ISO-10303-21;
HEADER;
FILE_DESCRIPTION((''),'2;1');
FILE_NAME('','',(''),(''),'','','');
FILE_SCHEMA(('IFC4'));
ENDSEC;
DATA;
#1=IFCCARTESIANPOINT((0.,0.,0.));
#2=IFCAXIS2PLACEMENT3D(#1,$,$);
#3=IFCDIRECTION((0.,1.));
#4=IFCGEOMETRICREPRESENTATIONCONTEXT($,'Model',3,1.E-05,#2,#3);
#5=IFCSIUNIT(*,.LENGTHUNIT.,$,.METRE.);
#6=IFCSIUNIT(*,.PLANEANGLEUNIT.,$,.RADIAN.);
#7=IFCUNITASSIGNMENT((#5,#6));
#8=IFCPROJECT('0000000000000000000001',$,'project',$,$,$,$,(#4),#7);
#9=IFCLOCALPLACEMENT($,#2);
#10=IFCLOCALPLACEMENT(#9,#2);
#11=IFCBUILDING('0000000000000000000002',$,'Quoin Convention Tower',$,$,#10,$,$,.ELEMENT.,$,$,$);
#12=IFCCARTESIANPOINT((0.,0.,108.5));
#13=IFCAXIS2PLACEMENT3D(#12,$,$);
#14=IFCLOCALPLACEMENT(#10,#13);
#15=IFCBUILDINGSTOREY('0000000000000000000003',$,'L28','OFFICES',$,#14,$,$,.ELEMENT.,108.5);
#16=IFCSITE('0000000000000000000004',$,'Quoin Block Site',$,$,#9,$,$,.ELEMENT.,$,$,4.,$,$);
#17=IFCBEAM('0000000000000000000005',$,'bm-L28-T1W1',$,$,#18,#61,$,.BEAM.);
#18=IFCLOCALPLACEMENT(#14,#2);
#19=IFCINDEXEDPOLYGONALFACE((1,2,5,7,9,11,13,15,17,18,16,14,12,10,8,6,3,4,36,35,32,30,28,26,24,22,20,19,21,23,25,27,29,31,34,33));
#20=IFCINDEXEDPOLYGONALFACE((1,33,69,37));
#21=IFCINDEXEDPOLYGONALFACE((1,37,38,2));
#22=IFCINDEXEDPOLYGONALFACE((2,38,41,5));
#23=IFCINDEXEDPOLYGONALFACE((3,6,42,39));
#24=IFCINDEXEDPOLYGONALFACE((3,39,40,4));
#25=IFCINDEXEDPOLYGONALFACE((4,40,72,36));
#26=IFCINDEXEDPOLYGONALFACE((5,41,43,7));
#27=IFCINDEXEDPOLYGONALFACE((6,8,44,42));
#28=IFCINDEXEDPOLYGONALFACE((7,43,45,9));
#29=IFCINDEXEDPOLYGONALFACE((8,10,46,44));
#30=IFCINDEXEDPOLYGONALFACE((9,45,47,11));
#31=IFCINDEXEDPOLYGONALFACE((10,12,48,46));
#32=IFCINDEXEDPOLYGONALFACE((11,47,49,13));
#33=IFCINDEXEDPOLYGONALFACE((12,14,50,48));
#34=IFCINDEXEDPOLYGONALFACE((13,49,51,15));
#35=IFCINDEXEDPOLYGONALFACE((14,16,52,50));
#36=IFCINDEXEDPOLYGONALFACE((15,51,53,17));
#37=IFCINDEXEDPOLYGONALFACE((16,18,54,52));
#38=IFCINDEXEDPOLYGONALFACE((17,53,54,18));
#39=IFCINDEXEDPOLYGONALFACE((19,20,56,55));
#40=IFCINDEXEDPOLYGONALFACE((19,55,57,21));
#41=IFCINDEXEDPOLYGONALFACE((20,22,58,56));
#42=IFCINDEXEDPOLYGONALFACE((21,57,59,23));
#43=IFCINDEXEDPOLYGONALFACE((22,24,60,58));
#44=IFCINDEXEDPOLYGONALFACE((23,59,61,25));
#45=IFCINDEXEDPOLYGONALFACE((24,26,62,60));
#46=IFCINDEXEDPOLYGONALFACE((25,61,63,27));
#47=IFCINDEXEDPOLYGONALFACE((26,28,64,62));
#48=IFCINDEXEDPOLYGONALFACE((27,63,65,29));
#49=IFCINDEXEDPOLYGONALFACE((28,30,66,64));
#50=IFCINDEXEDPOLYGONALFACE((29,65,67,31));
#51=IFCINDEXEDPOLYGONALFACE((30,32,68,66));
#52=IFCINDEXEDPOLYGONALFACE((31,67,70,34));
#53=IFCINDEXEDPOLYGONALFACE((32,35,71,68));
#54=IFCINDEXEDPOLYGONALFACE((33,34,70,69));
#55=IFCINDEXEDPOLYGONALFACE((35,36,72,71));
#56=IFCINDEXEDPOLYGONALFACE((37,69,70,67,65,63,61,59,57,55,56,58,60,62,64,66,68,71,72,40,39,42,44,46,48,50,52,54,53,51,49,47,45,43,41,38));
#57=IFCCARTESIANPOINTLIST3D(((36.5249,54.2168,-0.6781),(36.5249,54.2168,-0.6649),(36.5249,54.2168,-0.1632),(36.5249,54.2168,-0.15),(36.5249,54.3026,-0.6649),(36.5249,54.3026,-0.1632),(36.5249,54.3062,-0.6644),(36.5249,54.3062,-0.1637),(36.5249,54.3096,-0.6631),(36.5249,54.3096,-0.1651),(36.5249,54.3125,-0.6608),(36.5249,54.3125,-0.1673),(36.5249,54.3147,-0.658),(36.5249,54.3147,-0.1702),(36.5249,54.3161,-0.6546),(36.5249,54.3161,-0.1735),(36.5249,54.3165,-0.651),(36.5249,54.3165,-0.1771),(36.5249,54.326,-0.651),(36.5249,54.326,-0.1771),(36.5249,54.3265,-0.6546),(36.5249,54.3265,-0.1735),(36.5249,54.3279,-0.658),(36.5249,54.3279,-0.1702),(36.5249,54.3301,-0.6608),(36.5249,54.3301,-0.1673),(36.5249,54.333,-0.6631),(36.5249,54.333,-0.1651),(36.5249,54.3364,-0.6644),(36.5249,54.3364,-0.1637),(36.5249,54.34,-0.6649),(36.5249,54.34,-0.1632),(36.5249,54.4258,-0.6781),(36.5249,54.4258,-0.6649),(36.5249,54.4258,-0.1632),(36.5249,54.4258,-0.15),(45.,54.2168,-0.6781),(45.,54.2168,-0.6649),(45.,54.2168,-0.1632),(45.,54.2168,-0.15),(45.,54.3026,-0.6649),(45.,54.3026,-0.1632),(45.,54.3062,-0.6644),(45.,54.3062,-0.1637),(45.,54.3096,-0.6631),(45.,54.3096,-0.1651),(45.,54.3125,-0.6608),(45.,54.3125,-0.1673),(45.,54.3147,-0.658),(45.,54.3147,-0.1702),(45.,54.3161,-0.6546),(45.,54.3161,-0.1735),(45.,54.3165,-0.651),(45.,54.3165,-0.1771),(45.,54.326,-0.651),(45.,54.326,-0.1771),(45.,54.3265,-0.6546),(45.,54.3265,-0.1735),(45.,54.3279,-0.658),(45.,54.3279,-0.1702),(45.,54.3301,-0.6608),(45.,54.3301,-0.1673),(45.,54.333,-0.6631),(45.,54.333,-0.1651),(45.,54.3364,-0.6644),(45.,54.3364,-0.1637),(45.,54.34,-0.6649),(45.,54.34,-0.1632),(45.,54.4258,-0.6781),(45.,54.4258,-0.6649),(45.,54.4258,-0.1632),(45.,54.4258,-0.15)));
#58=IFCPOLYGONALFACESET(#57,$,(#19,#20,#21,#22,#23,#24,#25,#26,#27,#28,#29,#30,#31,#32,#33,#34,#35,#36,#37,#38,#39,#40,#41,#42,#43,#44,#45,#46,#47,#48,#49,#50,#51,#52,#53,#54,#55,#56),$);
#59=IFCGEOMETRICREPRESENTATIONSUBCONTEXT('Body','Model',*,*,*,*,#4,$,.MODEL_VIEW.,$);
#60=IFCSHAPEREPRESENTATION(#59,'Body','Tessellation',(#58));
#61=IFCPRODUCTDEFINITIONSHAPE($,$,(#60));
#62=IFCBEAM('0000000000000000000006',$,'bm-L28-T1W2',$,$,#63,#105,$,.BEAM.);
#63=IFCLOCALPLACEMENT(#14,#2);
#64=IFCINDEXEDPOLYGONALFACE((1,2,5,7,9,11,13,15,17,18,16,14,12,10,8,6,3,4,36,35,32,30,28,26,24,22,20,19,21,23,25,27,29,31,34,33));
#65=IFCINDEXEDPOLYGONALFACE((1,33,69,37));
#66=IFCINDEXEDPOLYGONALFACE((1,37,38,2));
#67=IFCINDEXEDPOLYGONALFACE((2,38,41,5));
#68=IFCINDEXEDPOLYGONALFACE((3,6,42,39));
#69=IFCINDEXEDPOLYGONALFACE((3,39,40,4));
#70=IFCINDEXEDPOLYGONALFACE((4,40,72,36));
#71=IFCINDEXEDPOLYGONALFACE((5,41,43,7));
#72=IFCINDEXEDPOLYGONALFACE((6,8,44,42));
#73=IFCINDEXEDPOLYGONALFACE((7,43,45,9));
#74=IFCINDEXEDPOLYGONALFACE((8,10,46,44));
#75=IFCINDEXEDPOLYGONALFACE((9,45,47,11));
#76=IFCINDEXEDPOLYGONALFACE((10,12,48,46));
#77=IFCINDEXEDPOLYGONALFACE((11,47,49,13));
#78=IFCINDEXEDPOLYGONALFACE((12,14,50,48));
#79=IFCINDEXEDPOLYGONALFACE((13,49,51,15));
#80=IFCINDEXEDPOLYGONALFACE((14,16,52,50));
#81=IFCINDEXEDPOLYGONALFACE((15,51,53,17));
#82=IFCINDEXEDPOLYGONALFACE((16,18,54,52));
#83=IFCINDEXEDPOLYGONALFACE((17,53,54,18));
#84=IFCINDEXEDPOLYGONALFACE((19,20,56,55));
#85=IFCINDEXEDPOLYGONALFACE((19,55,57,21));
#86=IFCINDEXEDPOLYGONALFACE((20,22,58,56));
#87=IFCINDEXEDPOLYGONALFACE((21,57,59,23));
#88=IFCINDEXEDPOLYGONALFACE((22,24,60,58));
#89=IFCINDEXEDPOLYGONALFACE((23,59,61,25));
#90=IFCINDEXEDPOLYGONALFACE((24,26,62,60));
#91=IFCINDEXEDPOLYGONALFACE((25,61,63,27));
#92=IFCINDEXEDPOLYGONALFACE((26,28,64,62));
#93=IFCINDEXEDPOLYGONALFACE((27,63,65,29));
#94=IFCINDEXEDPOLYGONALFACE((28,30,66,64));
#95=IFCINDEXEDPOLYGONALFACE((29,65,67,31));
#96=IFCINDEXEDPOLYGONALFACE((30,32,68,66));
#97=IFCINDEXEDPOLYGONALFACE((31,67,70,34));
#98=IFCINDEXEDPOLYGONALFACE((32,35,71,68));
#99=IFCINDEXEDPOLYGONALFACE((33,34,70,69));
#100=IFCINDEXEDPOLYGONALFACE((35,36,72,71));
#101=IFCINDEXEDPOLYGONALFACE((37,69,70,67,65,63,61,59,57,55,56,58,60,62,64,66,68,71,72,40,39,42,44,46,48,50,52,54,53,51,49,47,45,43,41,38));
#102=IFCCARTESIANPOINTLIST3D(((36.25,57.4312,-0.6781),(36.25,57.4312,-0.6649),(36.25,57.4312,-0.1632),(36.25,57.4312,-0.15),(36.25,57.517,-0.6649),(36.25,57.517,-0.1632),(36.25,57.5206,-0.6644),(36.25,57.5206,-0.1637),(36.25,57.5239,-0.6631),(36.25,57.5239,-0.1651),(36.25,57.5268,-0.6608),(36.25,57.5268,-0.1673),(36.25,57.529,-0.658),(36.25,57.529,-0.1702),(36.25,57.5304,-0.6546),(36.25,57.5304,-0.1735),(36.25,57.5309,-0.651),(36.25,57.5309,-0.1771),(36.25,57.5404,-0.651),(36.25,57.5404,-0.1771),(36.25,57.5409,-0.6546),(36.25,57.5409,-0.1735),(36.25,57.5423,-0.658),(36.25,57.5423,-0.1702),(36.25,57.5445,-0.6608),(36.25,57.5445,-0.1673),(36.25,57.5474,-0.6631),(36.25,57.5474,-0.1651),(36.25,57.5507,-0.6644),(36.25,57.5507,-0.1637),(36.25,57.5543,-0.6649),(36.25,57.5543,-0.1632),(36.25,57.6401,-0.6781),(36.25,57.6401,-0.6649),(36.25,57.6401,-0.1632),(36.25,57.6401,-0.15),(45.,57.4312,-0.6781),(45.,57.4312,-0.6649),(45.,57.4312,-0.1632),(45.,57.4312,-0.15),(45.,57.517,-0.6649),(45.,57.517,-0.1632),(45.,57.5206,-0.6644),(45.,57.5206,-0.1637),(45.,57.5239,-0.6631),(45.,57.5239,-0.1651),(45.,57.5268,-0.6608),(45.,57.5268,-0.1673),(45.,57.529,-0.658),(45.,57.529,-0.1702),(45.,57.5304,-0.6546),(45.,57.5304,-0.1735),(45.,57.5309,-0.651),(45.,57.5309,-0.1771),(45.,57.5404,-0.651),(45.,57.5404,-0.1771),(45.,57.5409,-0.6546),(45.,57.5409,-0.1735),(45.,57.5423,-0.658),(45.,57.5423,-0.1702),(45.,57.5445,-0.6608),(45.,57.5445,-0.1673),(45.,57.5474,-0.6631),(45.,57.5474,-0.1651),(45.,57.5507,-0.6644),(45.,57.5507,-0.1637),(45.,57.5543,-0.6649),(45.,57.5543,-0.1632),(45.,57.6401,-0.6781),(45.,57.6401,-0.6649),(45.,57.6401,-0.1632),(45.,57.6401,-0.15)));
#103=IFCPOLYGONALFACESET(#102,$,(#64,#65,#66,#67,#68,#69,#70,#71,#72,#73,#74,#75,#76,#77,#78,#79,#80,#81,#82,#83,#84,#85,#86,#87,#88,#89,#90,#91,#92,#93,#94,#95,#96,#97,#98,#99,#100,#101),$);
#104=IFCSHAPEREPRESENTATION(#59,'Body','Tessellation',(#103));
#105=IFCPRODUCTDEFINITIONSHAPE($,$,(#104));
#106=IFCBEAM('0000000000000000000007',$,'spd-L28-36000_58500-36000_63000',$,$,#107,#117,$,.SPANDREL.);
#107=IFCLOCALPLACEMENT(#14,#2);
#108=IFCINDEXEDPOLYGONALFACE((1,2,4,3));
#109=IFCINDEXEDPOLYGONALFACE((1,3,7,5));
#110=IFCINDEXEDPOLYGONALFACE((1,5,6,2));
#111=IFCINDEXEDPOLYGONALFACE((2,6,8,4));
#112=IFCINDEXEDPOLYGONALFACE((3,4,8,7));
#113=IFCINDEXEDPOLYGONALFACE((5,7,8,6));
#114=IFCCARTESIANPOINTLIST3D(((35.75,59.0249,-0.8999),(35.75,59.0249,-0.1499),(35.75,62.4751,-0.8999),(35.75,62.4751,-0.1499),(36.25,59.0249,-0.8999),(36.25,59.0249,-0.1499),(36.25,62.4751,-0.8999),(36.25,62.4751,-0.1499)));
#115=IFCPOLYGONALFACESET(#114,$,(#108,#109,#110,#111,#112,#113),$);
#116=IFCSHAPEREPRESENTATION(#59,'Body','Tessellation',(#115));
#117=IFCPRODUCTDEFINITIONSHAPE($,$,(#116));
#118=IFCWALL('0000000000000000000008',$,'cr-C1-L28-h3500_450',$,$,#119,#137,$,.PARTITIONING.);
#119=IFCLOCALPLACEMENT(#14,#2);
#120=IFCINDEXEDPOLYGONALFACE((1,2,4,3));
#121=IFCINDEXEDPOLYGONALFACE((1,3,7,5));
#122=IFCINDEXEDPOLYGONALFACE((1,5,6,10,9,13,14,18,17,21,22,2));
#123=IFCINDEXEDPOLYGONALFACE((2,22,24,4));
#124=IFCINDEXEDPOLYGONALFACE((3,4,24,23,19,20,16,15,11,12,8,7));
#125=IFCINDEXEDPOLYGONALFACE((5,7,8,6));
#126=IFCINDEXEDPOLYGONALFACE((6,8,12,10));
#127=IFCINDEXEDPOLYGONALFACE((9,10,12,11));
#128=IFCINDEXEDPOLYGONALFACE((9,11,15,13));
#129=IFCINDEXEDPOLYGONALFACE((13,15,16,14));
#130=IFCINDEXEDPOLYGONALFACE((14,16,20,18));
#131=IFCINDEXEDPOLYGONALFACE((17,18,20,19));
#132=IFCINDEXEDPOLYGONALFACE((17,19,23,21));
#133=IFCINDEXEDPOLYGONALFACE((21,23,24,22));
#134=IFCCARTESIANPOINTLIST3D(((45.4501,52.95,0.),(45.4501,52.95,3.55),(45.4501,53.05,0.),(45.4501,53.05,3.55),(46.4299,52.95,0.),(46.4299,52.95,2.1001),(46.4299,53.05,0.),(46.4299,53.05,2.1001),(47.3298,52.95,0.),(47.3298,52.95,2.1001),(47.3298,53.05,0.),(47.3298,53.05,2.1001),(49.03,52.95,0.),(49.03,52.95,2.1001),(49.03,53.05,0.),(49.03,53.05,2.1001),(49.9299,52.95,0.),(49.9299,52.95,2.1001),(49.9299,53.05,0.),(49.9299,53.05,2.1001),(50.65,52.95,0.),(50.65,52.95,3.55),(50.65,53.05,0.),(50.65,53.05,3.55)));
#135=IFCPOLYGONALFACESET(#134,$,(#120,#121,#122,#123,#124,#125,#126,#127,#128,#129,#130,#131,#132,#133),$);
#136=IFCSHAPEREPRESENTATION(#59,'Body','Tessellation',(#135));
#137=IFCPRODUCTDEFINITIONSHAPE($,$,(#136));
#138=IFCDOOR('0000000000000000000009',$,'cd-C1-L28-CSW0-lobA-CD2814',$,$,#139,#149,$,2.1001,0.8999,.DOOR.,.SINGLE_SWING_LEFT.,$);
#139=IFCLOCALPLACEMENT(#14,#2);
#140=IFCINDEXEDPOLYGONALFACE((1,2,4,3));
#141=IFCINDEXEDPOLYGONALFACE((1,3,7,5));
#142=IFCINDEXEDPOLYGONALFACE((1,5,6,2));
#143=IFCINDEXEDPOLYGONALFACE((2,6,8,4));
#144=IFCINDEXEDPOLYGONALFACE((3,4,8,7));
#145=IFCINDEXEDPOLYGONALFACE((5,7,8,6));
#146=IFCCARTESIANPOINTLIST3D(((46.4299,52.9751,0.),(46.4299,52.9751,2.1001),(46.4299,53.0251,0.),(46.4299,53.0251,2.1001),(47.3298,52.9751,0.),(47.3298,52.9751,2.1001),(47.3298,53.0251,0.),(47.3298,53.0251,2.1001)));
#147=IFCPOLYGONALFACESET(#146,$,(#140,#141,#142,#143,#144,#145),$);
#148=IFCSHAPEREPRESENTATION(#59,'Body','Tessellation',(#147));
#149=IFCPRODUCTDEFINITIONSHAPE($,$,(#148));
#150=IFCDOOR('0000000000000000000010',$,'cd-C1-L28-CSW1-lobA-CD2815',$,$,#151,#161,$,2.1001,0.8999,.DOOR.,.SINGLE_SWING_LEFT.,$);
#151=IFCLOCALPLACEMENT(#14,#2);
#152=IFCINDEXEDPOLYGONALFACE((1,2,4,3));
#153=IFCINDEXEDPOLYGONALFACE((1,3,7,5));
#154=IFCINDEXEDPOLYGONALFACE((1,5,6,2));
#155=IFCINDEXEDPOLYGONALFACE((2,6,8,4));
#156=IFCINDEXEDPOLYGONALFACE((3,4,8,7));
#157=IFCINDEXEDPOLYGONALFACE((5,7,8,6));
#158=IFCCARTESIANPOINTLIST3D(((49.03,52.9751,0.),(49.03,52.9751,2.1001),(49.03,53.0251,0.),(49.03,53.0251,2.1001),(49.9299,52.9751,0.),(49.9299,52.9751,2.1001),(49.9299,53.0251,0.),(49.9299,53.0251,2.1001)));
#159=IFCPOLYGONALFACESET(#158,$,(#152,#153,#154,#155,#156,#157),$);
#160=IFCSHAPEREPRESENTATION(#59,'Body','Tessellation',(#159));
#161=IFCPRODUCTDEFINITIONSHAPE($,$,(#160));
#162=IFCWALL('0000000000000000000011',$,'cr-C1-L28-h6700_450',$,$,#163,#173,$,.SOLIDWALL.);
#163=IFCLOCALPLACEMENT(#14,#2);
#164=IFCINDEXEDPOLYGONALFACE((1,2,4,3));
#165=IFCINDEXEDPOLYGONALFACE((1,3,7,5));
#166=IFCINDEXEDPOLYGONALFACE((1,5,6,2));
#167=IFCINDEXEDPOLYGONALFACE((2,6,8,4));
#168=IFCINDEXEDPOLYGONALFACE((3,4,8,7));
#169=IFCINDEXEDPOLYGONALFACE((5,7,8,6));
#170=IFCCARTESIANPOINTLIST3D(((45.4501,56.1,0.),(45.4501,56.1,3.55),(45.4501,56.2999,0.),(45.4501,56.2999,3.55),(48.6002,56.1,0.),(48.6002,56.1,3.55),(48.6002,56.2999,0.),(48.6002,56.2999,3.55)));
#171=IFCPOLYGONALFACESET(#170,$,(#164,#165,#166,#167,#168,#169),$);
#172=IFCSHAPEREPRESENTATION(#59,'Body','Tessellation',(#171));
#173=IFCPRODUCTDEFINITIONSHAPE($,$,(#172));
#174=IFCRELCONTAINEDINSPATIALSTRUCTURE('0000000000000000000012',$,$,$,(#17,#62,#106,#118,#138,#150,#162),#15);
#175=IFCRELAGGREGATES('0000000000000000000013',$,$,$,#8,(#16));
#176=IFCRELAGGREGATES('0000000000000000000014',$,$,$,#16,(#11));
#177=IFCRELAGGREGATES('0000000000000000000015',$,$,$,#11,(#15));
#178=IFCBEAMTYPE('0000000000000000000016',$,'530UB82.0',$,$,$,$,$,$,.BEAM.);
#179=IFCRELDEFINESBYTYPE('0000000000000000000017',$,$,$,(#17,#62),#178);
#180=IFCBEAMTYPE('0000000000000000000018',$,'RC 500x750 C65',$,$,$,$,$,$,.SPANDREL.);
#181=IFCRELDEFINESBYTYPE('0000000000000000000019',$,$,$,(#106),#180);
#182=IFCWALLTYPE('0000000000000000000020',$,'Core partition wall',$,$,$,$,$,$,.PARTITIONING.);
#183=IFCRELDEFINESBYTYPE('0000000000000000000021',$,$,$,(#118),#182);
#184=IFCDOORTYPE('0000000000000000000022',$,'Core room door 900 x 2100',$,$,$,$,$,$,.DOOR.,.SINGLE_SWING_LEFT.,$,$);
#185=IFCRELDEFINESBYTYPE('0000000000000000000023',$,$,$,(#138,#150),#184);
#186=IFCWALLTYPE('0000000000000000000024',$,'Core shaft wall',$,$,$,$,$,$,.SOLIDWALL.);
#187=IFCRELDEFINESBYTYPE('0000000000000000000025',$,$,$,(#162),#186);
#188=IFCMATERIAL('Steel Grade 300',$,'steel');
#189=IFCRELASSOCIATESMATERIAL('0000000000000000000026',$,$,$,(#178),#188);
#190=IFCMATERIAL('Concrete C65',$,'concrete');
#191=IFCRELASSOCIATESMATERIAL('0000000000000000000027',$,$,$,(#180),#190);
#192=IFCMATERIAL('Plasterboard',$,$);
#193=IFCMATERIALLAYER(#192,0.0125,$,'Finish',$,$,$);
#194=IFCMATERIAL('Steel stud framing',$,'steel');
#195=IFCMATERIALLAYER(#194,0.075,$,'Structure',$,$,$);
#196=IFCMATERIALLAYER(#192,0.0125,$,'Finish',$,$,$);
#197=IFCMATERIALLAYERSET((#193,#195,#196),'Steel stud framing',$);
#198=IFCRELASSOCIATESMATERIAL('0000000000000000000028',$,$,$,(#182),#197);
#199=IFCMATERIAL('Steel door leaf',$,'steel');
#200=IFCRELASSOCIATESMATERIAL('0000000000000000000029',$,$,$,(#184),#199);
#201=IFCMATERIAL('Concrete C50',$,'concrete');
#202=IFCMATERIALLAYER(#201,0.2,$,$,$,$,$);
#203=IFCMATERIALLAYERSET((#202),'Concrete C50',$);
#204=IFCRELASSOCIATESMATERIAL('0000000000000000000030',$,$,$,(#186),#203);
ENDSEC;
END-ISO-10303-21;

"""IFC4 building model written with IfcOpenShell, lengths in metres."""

from ifc_helpers import new_model, si_unit, direction, frame, frame_2d, origin, origin_2d, place, context, subcontext, project, spatial, rectangle, i_section, extrude, material, layer, layer_set, material_profile, profile_set, type_object, element, fill, save


model = new_model("IFC4")

# Units and contexts
model_context = context("Model", 3, precision=1e-05, world=origin(), true_north=direction((0.0, 1.0)))
body_context = subcontext(model_context, "Body", "Model", "MODEL_VIEW")
ifc_project = project(units=[si_unit("LENGTHUNIT", "METRE"), si_unit("PLANEANGLEUNIT", "RADIAN")], contexts=[model_context])

# Site, building, storey
site_placement = place(None, origin())
site = spatial("IfcSite", under=ifc_project, at=site_placement, Name="Quoin Block Site", CompositionType="ELEMENT", RefElevation=4.0)
building_placement = place(site_placement, origin())
building = spatial("IfcBuilding", under=site, at=building_placement, Name="Quoin Convention Tower", CompositionType="ELEMENT")
storey_placement = place(building_placement, frame((0.0, 0.0, 108.5)))
storey = spatial("IfcBuildingStorey", under=building, at=storey_placement, Name="L28", Description="OFFICES", CompositionType="ELEMENT", Elevation=108.5)

# Beams
ifc_material_1 = material(Name="Steel Grade 300", Category="steel")
ifc_material_profile_1 = material_profile(ifc_material_1, i_section(OverallWidth=0.209, OverallDepth=0.5281, WebThickness=0.0095, FlangeThickness=0.0132, FilletRadius=0.0139, at=origin_2d()), Name="530UB82.0")
ifc_profile_set_1 = profile_set([ifc_material_profile_1], Name="Steel Grade 300")
beam_type_1 = type_object("IfcBeamType", Name="530UB82.0", PredefinedType="BEAM", material=ifc_profile_set_1)
beam_1_placement = place(storey_placement, frame((36.5249, 54.3213, -0.4141), z_axis=(1.0, 0.0, 0.0), x_axis=(0.0, 1.0, 0.0)))
element("IfcBeam", 1, at=beam_1_placement, inside=storey, type_object=beam_type_1, Name="bm-L28-T1W1", PredefinedType="BEAM", context=body_context, shape_type="SweptSolid", body=[
    extrude(i_section(OverallWidth=0.209, OverallDepth=0.5281, WebThickness=0.0095, FlangeThickness=0.0132, FilletRadius=0.0139, at=origin_2d()), origin(), (0.0, 0.0, 1.0), 8.4751),
])
beam_2_placement = place(storey_placement, frame((36.25, 57.5356, -0.4141), z_axis=(1.0, 0.0, 0.0), x_axis=(0.0, 1.0, 0.0)))
element("IfcBeam", 2, at=beam_2_placement, inside=storey, type_object=beam_type_1, Name="bm-L28-T1W2", PredefinedType="BEAM", context=body_context, shape_type="SweptSolid", body=[
    extrude(i_section(OverallWidth=0.209, OverallDepth=0.5281, WebThickness=0.0095, FlangeThickness=0.0132, FilletRadius=0.0139, at=origin_2d()), origin(), (0.0, 0.0, 1.0), 8.75),
])
ifc_material_2 = material(Name="Concrete C65", Category="concrete")
ifc_material_profile_2 = material_profile(ifc_material_2, rectangle(XDim=0.5, YDim=0.75, at=origin_2d()), Name="RC 500x750")
ifc_profile_set_2 = profile_set([ifc_material_profile_2], Name="Concrete C65")
beam_type_2 = type_object("IfcBeamType", Name="RC 500x750 C65", PredefinedType="SPANDREL", material=ifc_profile_set_2)
beam_3_placement = place(storey_placement, frame((36.0, 59.0249, -0.5249), z_axis=(0.0, 1.0, 0.0), x_axis=(-1.0, 0.0, 0.0)))
element("IfcBeam", 3, at=beam_3_placement, inside=storey, type_object=beam_type_2, Name="spd-L28-36000_58500-36000_63000", PredefinedType="SPANDREL", context=body_context, shape_type="SweptSolid", body=[
    extrude(rectangle(XDim=0.5, YDim=0.75, at=origin_2d()), origin(), (0.0, 0.0, 1.0), 3.4502),
])

# Wall, openings, doors
ifc_material_3 = material(Name="Plasterboard")
ifc_layer_1 = layer(ifc_material_3, 0.0125, Name="Finish")
ifc_material_4 = material(Name="Steel stud framing", Category="steel")
ifc_layer_2 = layer(ifc_material_4, 0.075, Name="Structure")
ifc_layer_3 = layer(ifc_material_3, 0.0125, Name="Finish")
ifc_layer_set_1 = layer_set([ifc_layer_1, ifc_layer_2, ifc_layer_3], Name="Steel stud framing")
wall_type_1 = type_object("IfcWallType", Name="Core partition wall", PredefinedType="PARTITIONING", material=ifc_layer_set_1)
wall_1_placement = place(storey_placement, frame((45.45, 53.0, 0.0), z_axis=(0.0, 0.0, 1.0), x_axis=(1.0, 0.0, 0.0)))
wall_1 = element("IfcWall", 4, at=wall_1_placement, inside=storey, type_object=wall_type_1, Name="cr-C1-L28-h3500_450", PredefinedType="PARTITIONING", context=body_context, shape_type="SweptSolid", body=[
    extrude(rectangle(XDim=5.2, YDim=0.1001, at=frame_2d((2.6001, 0.0))), origin(), (0.0, 0.0, 1.0), 3.55),
])
opening_1_placement = place(wall_1_placement, frame((0.98, 0.0, 0.0)))
opening_1 = element("IfcOpeningElement", 5, at=opening_1_placement, cuts=wall_1, PredefinedType="OPENING", context=body_context, shape_type="SweptSolid", body=[
    extrude(rectangle(XDim=0.8999, YDim=2.1001, at=frame_2d((0.45, 1.05))), frame((0.0, 0.0601, 0.0), z_axis=(0.0, -1.0, 0.0), x_axis=(1.0, 0.0, 0.0)), (0.0, 0.0, 1.0), 0.1201),
])
opening_2_placement = place(wall_1_placement, frame((3.5801, 0.0, 0.0)))
opening_2 = element("IfcOpeningElement", 6, at=opening_2_placement, cuts=wall_1, PredefinedType="OPENING", context=body_context, shape_type="SweptSolid", body=[
    extrude(rectangle(XDim=0.8999, YDim=2.1001, at=frame_2d((0.45, 1.05))), frame((0.0, 0.0601, 0.0), z_axis=(0.0, -1.0, 0.0), x_axis=(1.0, 0.0, 0.0)), (0.0, 0.0, 1.0), 0.1201),
])
ifc_material_5 = material(Name="Steel door leaf", Category="steel")
door_type_1 = type_object("IfcDoorType", Name="Core room door 900 x 2100", OperationType="SINGLE_SWING_LEFT", PredefinedType="DOOR", material=ifc_material_5)
door_1_placement = place(opening_1_placement, frame((0.8999, 0.0, 0.0), z_axis=(0.0, 0.0, 1.0), x_axis=(-1.0, 0.0, 0.0)))
door_1 = element("IfcDoor", 7, at=door_1_placement, inside=storey, type_object=door_type_1, Name="cd-C1-L28-CSW0-lobA-CD2814", OperationType="SINGLE_SWING_LEFT", OverallHeight=2.1001, OverallWidth=0.8999, PredefinedType="DOOR", context=body_context, shape_type="SweptSolid", body=[
    extrude(rectangle(XDim=0.8999, YDim=2.1001, at=frame_2d((0.45, 1.05))), frame((0.0, 0.0249, 0.0), z_axis=(0.0, -1.0, 0.0), x_axis=(1.0, 0.0, 0.0)), (0.0, 0.0, 1.0), 0.05),
])
fill(opening_1, door_1)
door_2_placement = place(opening_2_placement, frame((0.8999, 0.0, 0.0), z_axis=(0.0, 0.0, 1.0), x_axis=(-1.0, 0.0, 0.0)))
door_2 = element("IfcDoor", 8, at=door_2_placement, inside=storey, type_object=door_type_1, Name="cd-C1-L28-CSW1-lobA-CD2815", OperationType="SINGLE_SWING_LEFT", OverallHeight=2.1001, OverallWidth=0.8999, PredefinedType="DOOR", context=body_context, shape_type="SweptSolid", body=[
    extrude(rectangle(XDim=0.8999, YDim=2.1001, at=frame_2d((0.45, 1.05))), frame((0.0, 0.0249, 0.0), z_axis=(0.0, -1.0, 0.0), x_axis=(1.0, 0.0, 0.0)), (0.0, 0.0, 1.0), 0.05),
])
fill(opening_2, door_2)

# Wall
ifc_material_6 = material(Name="Concrete C50", Category="concrete")
ifc_layer_4 = layer(ifc_material_6, 0.2)
ifc_layer_set_2 = layer_set([ifc_layer_4], Name="Concrete C50")
wall_type_2 = type_object("IfcWallType", Name="Core shaft wall", PredefinedType="SOLIDWALL", material=ifc_layer_set_2)
wall_2_placement = place(storey_placement, frame((45.45, 56.2, 0.0), z_axis=(0.0, 0.0, 1.0), x_axis=(1.0, 0.0, 0.0)))
element("IfcWall", 9, at=wall_2_placement, inside=storey, type_object=wall_type_2, Name="cr-C1-L28-h6700_450", PredefinedType="SOLIDWALL", context=body_context, shape_type="SweptSolid", body=[
    extrude(rectangle(XDim=3.1501, YDim=0.2, at=frame_2d((1.5752, 0.0))), origin(), (0.0, 0.0, 1.0), 3.55),
])

save(model, "model.ifc")
